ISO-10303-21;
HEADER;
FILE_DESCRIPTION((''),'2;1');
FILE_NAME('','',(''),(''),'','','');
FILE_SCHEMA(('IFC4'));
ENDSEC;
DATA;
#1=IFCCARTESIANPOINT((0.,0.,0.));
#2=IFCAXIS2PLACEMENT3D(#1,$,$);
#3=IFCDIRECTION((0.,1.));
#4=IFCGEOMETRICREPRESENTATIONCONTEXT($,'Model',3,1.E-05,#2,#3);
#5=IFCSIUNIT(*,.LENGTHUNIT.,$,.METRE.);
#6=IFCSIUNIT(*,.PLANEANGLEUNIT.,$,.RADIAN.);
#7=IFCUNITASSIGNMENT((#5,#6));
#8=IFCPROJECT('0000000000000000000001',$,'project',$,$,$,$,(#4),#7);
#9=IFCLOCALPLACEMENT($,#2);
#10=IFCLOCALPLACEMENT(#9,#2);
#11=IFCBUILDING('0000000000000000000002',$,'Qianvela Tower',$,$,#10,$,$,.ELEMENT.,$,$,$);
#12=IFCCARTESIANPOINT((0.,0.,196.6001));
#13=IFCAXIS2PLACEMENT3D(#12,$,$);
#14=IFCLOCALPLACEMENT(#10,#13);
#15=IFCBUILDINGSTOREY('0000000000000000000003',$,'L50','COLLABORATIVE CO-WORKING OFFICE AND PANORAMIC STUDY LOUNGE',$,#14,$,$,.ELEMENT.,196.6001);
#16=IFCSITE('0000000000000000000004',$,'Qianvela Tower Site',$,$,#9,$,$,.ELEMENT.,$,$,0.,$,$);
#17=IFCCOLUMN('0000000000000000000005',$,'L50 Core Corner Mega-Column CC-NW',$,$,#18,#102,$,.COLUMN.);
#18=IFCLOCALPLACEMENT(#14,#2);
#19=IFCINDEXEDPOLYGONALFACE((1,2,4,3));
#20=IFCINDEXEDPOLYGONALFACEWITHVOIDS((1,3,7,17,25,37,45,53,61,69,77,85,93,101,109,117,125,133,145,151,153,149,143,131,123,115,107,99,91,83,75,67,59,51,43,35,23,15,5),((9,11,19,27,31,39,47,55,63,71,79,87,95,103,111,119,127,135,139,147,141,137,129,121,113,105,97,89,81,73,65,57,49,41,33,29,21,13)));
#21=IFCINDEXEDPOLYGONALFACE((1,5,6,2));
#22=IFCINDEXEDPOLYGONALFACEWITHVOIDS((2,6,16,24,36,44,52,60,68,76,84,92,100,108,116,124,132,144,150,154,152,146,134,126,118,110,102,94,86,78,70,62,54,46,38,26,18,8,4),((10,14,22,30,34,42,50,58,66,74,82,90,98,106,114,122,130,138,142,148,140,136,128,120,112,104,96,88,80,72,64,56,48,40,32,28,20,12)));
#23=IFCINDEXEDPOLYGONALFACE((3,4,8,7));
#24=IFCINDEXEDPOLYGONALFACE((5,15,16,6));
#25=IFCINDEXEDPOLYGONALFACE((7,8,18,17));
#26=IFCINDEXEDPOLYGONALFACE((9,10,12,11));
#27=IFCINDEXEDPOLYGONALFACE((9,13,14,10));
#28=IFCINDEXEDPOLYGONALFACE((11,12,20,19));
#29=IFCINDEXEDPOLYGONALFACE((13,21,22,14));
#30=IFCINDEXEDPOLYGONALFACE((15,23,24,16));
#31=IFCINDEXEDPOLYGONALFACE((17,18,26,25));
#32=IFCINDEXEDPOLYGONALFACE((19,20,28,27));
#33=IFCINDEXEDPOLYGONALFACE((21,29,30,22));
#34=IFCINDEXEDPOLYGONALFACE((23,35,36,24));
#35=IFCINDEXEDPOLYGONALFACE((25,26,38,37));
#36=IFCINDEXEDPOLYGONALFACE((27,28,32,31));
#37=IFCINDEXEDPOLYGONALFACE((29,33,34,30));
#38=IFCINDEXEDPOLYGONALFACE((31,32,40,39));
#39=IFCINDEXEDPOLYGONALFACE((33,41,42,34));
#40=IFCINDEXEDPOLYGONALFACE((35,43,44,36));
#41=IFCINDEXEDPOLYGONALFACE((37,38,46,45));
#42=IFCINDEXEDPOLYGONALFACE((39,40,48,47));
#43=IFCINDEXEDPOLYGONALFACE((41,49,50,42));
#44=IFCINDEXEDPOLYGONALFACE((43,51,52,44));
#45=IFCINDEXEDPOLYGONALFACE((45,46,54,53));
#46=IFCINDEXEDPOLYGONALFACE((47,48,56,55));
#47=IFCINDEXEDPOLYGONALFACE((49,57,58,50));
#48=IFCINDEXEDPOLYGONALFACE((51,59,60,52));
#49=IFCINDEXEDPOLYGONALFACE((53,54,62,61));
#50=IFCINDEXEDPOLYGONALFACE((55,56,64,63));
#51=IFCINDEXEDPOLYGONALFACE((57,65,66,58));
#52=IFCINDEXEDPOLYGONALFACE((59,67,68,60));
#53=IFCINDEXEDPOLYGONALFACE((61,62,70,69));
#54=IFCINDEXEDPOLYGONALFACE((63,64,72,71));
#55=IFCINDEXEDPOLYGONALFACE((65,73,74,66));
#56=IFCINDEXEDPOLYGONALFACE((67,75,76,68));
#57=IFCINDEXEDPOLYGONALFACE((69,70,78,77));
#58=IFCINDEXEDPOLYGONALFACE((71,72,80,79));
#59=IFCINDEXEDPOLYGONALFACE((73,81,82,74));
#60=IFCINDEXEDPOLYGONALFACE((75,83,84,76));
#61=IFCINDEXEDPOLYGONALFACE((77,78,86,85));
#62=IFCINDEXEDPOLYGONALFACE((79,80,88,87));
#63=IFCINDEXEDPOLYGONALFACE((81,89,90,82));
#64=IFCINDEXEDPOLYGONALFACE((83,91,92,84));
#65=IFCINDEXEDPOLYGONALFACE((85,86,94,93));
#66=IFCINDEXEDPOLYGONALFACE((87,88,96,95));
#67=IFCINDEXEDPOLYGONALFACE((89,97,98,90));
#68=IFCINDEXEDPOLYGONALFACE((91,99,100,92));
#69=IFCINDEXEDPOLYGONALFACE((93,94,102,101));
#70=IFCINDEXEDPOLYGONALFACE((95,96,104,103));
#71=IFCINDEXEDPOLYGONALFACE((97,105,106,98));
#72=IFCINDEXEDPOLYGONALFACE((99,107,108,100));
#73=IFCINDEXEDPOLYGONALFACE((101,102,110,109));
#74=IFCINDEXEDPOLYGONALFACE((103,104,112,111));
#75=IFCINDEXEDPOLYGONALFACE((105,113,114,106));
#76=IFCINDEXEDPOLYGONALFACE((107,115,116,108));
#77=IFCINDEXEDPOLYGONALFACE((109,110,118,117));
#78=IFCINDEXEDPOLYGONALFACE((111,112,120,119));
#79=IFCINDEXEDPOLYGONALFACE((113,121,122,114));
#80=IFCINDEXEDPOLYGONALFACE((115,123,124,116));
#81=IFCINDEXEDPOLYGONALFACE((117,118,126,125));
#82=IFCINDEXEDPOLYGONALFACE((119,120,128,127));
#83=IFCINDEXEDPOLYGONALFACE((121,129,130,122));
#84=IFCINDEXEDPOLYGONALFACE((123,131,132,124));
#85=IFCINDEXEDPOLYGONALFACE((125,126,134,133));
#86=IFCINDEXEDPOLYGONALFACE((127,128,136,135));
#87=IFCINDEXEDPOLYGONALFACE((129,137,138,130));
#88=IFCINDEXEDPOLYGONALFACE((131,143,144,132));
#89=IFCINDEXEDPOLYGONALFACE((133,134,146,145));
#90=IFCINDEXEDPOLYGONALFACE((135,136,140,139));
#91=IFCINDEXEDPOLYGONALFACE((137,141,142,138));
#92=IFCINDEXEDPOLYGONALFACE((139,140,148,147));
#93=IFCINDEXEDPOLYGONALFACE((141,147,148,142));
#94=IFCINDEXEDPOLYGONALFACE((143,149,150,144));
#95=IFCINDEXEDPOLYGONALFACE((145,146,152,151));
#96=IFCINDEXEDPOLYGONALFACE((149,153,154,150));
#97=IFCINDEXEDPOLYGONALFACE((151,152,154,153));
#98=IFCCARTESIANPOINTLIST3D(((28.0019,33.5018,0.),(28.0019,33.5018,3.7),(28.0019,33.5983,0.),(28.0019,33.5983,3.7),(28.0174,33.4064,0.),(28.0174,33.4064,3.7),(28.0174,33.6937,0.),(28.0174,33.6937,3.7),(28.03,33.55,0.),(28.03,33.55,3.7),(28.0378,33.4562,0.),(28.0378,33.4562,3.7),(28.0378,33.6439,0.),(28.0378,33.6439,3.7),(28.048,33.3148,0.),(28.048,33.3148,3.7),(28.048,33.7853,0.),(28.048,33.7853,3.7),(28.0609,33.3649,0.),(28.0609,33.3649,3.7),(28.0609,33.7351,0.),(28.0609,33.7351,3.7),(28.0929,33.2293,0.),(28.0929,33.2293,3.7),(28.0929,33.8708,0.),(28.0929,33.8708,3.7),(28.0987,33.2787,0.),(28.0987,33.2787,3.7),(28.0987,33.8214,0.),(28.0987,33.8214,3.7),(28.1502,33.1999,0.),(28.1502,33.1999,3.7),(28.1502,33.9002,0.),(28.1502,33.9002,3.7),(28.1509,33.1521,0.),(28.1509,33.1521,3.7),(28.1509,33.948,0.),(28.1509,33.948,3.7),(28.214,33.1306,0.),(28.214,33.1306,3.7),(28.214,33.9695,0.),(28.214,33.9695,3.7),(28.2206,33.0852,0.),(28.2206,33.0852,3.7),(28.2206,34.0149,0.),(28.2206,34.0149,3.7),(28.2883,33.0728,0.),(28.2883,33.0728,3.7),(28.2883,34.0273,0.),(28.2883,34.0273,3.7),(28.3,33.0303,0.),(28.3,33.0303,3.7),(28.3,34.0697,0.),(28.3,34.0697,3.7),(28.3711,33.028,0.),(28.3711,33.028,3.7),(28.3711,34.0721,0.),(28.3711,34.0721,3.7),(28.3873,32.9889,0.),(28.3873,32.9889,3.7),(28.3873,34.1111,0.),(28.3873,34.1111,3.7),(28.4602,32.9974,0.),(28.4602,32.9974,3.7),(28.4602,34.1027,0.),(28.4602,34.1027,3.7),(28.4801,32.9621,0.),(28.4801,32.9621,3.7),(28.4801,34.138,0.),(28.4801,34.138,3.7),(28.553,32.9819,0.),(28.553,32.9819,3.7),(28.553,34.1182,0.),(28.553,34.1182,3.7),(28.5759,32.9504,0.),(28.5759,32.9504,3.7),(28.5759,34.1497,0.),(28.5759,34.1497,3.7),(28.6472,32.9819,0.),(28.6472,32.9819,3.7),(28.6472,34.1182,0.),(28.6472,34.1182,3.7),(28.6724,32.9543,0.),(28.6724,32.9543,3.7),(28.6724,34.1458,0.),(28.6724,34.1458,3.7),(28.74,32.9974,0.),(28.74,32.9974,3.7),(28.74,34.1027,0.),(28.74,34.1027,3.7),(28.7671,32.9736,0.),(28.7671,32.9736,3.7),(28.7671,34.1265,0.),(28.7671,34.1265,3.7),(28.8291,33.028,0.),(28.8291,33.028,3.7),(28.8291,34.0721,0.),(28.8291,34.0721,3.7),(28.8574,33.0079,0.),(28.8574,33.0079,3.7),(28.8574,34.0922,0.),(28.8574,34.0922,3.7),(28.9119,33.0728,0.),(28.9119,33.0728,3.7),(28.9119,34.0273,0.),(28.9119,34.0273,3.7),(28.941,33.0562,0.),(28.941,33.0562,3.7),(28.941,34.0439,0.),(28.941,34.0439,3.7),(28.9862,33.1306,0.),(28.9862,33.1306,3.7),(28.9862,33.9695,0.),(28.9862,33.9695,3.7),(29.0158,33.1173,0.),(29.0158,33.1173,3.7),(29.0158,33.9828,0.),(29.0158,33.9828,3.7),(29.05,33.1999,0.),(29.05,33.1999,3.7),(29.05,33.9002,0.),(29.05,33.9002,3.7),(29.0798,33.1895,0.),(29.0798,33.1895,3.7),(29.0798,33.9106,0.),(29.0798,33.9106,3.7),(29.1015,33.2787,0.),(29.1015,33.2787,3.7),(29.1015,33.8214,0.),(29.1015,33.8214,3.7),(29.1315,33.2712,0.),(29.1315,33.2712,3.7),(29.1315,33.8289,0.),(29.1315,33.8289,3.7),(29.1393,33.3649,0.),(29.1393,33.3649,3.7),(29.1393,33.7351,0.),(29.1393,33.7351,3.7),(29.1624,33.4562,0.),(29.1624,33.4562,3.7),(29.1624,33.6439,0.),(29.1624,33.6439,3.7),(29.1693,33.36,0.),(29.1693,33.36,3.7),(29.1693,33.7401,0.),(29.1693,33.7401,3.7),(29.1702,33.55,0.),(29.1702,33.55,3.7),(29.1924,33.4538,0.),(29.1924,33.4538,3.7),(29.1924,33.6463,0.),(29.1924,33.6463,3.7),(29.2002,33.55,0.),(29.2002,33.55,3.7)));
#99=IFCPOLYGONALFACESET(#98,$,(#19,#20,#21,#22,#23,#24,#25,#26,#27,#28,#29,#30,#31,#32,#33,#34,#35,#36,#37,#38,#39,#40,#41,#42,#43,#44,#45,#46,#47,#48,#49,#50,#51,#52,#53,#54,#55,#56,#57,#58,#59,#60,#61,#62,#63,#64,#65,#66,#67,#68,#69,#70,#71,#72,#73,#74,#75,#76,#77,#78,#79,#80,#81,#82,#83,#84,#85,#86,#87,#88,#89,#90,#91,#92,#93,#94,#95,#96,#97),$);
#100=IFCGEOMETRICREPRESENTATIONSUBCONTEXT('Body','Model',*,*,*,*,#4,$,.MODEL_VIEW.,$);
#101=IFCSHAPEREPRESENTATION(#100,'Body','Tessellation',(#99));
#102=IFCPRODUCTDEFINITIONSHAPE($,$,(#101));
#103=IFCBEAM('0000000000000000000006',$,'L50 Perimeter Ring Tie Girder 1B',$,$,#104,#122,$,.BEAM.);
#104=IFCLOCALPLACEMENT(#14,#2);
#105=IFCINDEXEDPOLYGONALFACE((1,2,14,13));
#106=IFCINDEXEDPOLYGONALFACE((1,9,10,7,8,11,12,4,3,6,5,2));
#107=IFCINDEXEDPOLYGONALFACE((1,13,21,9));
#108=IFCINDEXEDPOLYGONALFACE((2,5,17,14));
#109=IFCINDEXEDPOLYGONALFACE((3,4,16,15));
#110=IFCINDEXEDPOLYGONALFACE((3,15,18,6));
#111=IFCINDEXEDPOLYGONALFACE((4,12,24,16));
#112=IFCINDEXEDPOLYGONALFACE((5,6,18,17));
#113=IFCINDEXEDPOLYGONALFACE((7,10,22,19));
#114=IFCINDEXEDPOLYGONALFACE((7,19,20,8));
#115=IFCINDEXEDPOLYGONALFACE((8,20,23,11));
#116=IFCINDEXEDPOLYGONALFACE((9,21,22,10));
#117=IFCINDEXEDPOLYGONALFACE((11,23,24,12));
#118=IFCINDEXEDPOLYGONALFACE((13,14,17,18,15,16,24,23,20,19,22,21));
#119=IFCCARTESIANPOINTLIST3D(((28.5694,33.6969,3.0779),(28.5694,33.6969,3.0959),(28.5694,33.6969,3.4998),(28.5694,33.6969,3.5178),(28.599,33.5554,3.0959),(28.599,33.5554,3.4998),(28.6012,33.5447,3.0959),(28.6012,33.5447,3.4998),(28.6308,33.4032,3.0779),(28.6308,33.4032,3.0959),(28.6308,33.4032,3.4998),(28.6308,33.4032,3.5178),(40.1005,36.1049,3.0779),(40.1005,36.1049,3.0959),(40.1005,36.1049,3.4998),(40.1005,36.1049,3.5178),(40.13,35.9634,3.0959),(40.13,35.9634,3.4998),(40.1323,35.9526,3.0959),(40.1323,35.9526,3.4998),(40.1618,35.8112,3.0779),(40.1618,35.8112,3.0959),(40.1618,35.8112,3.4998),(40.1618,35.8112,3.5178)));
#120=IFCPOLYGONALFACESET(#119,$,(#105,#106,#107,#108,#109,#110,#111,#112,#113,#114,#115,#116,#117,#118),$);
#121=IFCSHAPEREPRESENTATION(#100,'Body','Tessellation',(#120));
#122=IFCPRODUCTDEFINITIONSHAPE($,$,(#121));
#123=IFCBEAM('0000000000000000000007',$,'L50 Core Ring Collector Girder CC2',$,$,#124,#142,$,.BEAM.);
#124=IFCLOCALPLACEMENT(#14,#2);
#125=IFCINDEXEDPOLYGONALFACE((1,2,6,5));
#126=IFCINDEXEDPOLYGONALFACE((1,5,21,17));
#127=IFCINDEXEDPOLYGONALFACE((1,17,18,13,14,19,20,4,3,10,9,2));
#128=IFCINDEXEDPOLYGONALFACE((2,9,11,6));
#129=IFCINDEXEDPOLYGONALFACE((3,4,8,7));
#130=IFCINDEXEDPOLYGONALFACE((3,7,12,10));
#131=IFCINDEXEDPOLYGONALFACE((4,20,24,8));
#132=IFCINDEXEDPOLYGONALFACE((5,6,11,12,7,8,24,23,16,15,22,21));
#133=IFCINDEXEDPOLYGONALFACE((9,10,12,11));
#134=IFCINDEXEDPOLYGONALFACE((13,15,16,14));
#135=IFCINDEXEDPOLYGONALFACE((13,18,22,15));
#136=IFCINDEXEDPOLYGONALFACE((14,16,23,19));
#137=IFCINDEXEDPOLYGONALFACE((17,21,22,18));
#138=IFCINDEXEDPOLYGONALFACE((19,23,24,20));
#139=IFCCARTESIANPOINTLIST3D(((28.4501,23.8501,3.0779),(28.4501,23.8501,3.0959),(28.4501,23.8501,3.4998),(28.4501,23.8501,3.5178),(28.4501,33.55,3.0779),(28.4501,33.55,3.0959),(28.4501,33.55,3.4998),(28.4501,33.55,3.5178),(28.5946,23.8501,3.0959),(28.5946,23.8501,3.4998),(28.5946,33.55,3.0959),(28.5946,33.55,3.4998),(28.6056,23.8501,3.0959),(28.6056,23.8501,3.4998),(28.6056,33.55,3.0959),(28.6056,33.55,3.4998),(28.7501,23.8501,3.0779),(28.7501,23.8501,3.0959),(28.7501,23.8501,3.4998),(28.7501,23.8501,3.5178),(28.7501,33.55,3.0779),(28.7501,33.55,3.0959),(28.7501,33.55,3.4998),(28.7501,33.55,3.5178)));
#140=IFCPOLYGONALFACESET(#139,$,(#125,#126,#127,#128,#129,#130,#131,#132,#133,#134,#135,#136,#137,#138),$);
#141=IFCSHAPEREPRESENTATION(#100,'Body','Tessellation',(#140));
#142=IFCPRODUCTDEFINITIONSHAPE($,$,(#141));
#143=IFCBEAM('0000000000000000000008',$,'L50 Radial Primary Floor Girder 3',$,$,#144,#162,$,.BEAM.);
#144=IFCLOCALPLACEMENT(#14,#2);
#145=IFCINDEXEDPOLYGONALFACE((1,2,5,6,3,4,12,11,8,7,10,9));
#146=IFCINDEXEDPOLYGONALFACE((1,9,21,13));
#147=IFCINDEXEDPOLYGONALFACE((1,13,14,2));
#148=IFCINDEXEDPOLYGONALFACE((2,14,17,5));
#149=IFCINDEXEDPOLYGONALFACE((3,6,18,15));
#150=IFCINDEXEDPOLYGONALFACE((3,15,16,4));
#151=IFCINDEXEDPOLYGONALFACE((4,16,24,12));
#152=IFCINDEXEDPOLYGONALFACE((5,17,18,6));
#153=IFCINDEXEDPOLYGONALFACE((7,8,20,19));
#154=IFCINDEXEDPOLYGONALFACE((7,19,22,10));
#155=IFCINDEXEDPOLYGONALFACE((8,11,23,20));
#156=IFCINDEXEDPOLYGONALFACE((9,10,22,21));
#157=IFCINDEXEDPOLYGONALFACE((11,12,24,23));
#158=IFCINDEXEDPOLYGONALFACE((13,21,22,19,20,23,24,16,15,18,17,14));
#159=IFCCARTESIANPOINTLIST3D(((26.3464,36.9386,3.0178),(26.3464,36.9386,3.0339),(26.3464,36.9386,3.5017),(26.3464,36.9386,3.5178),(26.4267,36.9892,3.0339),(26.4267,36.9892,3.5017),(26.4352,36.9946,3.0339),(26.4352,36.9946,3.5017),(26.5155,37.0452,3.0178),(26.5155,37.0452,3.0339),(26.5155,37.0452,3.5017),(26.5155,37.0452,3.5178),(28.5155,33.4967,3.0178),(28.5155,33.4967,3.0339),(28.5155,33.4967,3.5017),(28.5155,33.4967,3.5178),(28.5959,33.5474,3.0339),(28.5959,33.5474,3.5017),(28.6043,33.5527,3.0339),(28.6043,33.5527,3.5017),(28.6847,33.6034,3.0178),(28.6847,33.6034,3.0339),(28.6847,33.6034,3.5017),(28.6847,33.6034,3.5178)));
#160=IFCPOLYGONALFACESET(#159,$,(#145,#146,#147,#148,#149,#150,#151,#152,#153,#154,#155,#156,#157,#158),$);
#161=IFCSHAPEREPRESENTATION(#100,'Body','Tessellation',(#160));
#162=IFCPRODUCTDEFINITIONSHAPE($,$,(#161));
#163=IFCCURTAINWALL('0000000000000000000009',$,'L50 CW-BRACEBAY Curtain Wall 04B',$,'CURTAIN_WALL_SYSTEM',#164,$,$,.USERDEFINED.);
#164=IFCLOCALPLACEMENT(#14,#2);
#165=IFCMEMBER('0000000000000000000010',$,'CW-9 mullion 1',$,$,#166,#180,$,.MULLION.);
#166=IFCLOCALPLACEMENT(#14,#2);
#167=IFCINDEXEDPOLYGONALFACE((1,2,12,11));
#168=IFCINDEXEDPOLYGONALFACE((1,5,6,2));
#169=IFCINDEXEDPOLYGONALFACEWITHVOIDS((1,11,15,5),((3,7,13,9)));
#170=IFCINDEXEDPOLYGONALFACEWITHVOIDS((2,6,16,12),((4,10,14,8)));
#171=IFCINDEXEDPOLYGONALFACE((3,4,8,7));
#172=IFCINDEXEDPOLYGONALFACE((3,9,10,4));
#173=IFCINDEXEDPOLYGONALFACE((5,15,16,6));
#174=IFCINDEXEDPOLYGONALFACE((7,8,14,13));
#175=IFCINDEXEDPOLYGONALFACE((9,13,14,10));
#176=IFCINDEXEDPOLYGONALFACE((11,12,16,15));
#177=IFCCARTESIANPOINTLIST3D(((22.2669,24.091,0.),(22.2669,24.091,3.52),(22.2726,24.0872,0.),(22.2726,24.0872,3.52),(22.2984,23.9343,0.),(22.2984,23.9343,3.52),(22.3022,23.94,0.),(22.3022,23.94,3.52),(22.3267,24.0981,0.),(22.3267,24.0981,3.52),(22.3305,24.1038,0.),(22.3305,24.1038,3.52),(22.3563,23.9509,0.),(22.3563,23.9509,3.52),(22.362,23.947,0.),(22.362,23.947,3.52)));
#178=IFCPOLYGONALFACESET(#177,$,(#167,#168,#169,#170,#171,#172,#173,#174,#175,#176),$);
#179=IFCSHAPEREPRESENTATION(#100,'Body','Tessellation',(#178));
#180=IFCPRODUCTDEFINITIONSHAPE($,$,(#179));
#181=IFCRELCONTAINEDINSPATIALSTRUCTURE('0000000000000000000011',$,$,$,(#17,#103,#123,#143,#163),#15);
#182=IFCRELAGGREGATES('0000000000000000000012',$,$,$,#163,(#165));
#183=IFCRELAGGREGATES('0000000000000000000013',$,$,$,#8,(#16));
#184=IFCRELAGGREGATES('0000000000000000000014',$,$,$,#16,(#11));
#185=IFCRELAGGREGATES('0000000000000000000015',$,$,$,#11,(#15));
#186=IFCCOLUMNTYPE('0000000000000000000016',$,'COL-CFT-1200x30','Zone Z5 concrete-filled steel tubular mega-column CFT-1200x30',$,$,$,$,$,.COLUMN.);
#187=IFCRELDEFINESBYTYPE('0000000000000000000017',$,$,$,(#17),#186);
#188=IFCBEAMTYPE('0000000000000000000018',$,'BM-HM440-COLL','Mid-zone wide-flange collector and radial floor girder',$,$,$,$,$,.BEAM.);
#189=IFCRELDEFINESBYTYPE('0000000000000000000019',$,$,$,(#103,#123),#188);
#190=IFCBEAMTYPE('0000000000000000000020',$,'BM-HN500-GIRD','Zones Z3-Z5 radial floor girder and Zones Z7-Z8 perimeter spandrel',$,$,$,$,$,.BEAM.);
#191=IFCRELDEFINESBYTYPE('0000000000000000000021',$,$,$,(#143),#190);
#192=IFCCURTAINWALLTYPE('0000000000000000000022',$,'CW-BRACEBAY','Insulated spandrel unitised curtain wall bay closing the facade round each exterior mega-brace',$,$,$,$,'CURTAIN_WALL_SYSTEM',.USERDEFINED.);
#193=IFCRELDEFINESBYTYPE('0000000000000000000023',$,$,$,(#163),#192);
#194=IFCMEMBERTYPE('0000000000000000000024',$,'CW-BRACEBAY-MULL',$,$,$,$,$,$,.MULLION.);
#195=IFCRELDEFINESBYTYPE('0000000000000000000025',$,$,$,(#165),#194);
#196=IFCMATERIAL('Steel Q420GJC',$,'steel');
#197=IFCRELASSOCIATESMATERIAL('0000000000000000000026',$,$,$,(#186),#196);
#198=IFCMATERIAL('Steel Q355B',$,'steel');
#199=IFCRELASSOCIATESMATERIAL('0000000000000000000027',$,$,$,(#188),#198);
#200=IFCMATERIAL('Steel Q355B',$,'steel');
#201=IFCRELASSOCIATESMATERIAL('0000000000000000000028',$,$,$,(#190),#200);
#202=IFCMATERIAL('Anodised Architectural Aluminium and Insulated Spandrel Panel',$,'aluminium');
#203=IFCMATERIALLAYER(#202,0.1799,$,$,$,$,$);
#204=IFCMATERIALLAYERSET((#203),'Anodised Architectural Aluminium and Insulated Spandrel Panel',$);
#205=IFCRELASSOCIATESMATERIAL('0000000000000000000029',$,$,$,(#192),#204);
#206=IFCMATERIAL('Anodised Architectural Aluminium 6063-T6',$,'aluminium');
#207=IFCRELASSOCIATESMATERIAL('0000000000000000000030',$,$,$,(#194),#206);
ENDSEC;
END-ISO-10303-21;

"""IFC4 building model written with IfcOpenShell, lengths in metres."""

from ifc_helpers import new_model, si_unit, direction, frame, origin, origin_2d, place, context, subcontext, project, spatial, hollow_rectangle, hollow_circle, i_section, extrude, material, layer, layer_set, material_profile, profile_set, type_object, element, aggregate, save


model = new_model("IFC4")

# Units and contexts
model_context = context("Model", 3, precision=1e-05, world=origin(), true_north=direction((0.0, 1.0)))
body_context = subcontext(model_context, "Body", "Model", "MODEL_VIEW")
ifc_project = project(units=[si_unit("LENGTHUNIT", "METRE"), si_unit("PLANEANGLEUNIT", "RADIAN")], contexts=[model_context])

# Site, building, storey
site_placement = place(None, origin())
site = spatial("IfcSite", under=ifc_project, at=site_placement, Name="Qianvela Tower Site", CompositionType="ELEMENT", RefElevation=0.0)
building_placement = place(site_placement, origin())
building = spatial("IfcBuilding", under=site, at=building_placement, Name="Qianvela Tower", CompositionType="ELEMENT")
storey_placement = place(building_placement, frame((0.0, 0.0, 196.6001)))
storey = spatial("IfcBuildingStorey", under=building, at=storey_placement, Name="L50", Description="COLLABORATIVE CO-WORKING OFFICE AND PANORAMIC STUDY LOUNGE", CompositionType="ELEMENT", Elevation=196.6001)

# Column
ifc_material_1 = material(Name="Steel Q420GJC", Category="steel")
ifc_material_profile_1 = material_profile(ifc_material_1, hollow_circle(Radius=0.6001, WallThickness=0.03, at=origin_2d()), Name="CFT-1200x30")
ifc_profile_set_1 = profile_set([ifc_material_profile_1], Name="Steel Q420GJC")
column_type = type_object("IfcColumnType", Name="COL-CFT-1200x30", Description="Zone Z5 concrete-filled steel tubular mega-column CFT-1200x30", PredefinedType="COLUMN", material=ifc_profile_set_1)
column_placement = place(storey_placement, frame((28.6001, 33.55, 0.0), z_axis=(0.0, 0.0, 1.0), x_axis=(1.0, 0.0, 0.0)))
element("IfcColumn", 1, at=column_placement, inside=storey, type_object=column_type, Name="L50 Core Corner Mega-Column CC-NW", PredefinedType="COLUMN", context=body_context, shape_type="SweptSolid", body=[
    extrude(hollow_circle(Radius=0.6001, WallThickness=0.03, at=origin_2d()), origin(), (0.0, 0.0, 1.0), 3.7),
])

# Beams
ifc_material_2 = material(Name="Steel Q355B", Category="steel")
ifc_material_profile_2 = material_profile(ifc_material_2, i_section(OverallWidth=0.3, OverallDepth=0.4399, WebThickness=0.011, FlangeThickness=0.0181, at=origin_2d()), Name="HM440x300x11x18")
ifc_profile_set_2 = profile_set([ifc_material_profile_2], Name="Steel Q355B")
beam_type_1 = type_object("IfcBeamType", Name="BM-HM440-COLL", Description="Mid-zone wide-flange collector and radial floor girder", PredefinedType="BEAM", material=ifc_profile_set_2)
beam_1_placement = place(storey_placement, frame((28.6001, 33.55, 3.2979), z_axis=(0.978884, 0.204415, 0.0), x_axis=(-0.204415, 0.978884, 0.0)))
element("IfcBeam", 2, at=beam_1_placement, inside=storey, type_object=beam_type_1, Name="L50 Perimeter Ring Tie Girder 1B", PredefinedType="BEAM", context=body_context, shape_type="SweptSolid", body=[
    extrude(i_section(OverallWidth=0.3, OverallDepth=0.4399, WebThickness=0.011, FlangeThickness=0.0181, at=origin_2d()), origin(), (0.0, 0.0, 1.0), 11.7798),
])
beam_2_placement = place(storey_placement, frame((28.6001, 33.55, 3.2979), z_axis=(0.0, -1.0, 0.0), x_axis=(1.0, 0.0, 0.0)))
element("IfcBeam", 3, at=beam_2_placement, inside=storey, type_object=beam_type_1, Name="L50 Core Ring Collector Girder CC2", PredefinedType="BEAM", context=body_context, shape_type="SweptSolid", body=[
    extrude(i_section(OverallWidth=0.3, OverallDepth=0.4399, WebThickness=0.011, FlangeThickness=0.0181, at=origin_2d()), origin(), (0.0, 0.0, 1.0), 9.7),
])
ifc_material_3 = material(Name="Steel Q355B", Category="steel")
ifc_material_profile_3 = material_profile(ifc_material_3, i_section(OverallWidth=0.2, OverallDepth=0.5, WebThickness=0.01, FlangeThickness=0.0161, at=origin_2d()), Name="HN500x200x10x16")
ifc_profile_set_3 = profile_set([ifc_material_profile_3], Name="Steel Q355B")
beam_type_2 = type_object("IfcBeamType", Name="BM-HN500-GIRD", Description="Zones Z3-Z5 radial floor girder and Zones Z7-Z8 perimeter spandrel", PredefinedType="BEAM", material=ifc_profile_set_3)
beam_3_placement = place(storey_placement, frame((28.6001, 33.55, 3.2678), z_axis=(-0.533178, 0.846003, 0.0), x_axis=(-0.846003, -0.533178, 0.0)))
element("IfcBeam", 4, at=beam_3_placement, inside=storey, type_object=beam_type_2, Name="L50 Radial Primary Floor Girder 3", PredefinedType="BEAM", context=body_context, shape_type="SweptSolid", body=[
    extrude(i_section(OverallWidth=0.2, OverallDepth=0.5, WebThickness=0.01, FlangeThickness=0.0161, at=origin_2d()), origin(), (0.0, 0.0, 1.0), 4.0684),
])

# Curtain wall, member
ifc_material_4 = material(Name="Anodised Architectural Aluminium and Insulated Spandrel Panel", Category="aluminium")
ifc_layer_1 = layer(ifc_material_4, 0.1799)
ifc_layer_set_1 = layer_set([ifc_layer_1], Name="Anodised Architectural Aluminium and Insulated Spandrel Panel")
curtain_wall_type_1 = type_object("IfcCurtainWallType", Name="CW-BRACEBAY", Description="Insulated spandrel unitised curtain wall bay closing the facade round each exterior mega-brace", ElementType="CURTAIN_WALL_SYSTEM", PredefinedType="USERDEFINED", material=ifc_layer_set_1)
curtain_wall_1_placement = place(storey_placement, origin())
curtain_wall_1 = element("IfcCurtainWall", 5, at=curtain_wall_1_placement, inside=storey, type_object=curtain_wall_type_1, Name="L50 CW-BRACEBAY Curtain Wall 04B", ObjectType="CURTAIN_WALL_SYSTEM", PredefinedType="USERDEFINED")
ifc_material_5 = material(Name="Anodised Architectural Aluminium 6063-T6", Category="aluminium")
ifc_material_profile_4 = material_profile(ifc_material_5, hollow_rectangle(XDim=0.0649, YDim=0.1599, WallThickness=0.0049, at=origin_2d()), Name="ALU-MULL-65x160")
ifc_profile_set_4 = profile_set([ifc_material_profile_4], Name="Anodised Architectural Aluminium 6063-T6")
member_type_1 = type_object("IfcMemberType", Name="CW-BRACEBAY-MULL", PredefinedType="MULLION", material=ifc_profile_set_4)
member_1_placement = place(storey_placement, frame((22.3145, 24.019, 0.0), z_axis=(0.0, 0.0, 1.0), x_axis=(0.98041, 0.19697, 0.0)))
member_1 = element("IfcMember", 6, at=member_1_placement, type_object=member_type_1, Name="CW-9 mullion 1", PredefinedType="MULLION", context=body_context, shape_type="SweptSolid", body=[
    extrude(hollow_rectangle(XDim=0.0649, YDim=0.1599, WallThickness=0.0049, at=origin_2d()), origin(), (0.0, 0.0, 1.0), 3.52),
])
aggregate(curtain_wall_1, [member_1])

save(model, "model.ifc")
